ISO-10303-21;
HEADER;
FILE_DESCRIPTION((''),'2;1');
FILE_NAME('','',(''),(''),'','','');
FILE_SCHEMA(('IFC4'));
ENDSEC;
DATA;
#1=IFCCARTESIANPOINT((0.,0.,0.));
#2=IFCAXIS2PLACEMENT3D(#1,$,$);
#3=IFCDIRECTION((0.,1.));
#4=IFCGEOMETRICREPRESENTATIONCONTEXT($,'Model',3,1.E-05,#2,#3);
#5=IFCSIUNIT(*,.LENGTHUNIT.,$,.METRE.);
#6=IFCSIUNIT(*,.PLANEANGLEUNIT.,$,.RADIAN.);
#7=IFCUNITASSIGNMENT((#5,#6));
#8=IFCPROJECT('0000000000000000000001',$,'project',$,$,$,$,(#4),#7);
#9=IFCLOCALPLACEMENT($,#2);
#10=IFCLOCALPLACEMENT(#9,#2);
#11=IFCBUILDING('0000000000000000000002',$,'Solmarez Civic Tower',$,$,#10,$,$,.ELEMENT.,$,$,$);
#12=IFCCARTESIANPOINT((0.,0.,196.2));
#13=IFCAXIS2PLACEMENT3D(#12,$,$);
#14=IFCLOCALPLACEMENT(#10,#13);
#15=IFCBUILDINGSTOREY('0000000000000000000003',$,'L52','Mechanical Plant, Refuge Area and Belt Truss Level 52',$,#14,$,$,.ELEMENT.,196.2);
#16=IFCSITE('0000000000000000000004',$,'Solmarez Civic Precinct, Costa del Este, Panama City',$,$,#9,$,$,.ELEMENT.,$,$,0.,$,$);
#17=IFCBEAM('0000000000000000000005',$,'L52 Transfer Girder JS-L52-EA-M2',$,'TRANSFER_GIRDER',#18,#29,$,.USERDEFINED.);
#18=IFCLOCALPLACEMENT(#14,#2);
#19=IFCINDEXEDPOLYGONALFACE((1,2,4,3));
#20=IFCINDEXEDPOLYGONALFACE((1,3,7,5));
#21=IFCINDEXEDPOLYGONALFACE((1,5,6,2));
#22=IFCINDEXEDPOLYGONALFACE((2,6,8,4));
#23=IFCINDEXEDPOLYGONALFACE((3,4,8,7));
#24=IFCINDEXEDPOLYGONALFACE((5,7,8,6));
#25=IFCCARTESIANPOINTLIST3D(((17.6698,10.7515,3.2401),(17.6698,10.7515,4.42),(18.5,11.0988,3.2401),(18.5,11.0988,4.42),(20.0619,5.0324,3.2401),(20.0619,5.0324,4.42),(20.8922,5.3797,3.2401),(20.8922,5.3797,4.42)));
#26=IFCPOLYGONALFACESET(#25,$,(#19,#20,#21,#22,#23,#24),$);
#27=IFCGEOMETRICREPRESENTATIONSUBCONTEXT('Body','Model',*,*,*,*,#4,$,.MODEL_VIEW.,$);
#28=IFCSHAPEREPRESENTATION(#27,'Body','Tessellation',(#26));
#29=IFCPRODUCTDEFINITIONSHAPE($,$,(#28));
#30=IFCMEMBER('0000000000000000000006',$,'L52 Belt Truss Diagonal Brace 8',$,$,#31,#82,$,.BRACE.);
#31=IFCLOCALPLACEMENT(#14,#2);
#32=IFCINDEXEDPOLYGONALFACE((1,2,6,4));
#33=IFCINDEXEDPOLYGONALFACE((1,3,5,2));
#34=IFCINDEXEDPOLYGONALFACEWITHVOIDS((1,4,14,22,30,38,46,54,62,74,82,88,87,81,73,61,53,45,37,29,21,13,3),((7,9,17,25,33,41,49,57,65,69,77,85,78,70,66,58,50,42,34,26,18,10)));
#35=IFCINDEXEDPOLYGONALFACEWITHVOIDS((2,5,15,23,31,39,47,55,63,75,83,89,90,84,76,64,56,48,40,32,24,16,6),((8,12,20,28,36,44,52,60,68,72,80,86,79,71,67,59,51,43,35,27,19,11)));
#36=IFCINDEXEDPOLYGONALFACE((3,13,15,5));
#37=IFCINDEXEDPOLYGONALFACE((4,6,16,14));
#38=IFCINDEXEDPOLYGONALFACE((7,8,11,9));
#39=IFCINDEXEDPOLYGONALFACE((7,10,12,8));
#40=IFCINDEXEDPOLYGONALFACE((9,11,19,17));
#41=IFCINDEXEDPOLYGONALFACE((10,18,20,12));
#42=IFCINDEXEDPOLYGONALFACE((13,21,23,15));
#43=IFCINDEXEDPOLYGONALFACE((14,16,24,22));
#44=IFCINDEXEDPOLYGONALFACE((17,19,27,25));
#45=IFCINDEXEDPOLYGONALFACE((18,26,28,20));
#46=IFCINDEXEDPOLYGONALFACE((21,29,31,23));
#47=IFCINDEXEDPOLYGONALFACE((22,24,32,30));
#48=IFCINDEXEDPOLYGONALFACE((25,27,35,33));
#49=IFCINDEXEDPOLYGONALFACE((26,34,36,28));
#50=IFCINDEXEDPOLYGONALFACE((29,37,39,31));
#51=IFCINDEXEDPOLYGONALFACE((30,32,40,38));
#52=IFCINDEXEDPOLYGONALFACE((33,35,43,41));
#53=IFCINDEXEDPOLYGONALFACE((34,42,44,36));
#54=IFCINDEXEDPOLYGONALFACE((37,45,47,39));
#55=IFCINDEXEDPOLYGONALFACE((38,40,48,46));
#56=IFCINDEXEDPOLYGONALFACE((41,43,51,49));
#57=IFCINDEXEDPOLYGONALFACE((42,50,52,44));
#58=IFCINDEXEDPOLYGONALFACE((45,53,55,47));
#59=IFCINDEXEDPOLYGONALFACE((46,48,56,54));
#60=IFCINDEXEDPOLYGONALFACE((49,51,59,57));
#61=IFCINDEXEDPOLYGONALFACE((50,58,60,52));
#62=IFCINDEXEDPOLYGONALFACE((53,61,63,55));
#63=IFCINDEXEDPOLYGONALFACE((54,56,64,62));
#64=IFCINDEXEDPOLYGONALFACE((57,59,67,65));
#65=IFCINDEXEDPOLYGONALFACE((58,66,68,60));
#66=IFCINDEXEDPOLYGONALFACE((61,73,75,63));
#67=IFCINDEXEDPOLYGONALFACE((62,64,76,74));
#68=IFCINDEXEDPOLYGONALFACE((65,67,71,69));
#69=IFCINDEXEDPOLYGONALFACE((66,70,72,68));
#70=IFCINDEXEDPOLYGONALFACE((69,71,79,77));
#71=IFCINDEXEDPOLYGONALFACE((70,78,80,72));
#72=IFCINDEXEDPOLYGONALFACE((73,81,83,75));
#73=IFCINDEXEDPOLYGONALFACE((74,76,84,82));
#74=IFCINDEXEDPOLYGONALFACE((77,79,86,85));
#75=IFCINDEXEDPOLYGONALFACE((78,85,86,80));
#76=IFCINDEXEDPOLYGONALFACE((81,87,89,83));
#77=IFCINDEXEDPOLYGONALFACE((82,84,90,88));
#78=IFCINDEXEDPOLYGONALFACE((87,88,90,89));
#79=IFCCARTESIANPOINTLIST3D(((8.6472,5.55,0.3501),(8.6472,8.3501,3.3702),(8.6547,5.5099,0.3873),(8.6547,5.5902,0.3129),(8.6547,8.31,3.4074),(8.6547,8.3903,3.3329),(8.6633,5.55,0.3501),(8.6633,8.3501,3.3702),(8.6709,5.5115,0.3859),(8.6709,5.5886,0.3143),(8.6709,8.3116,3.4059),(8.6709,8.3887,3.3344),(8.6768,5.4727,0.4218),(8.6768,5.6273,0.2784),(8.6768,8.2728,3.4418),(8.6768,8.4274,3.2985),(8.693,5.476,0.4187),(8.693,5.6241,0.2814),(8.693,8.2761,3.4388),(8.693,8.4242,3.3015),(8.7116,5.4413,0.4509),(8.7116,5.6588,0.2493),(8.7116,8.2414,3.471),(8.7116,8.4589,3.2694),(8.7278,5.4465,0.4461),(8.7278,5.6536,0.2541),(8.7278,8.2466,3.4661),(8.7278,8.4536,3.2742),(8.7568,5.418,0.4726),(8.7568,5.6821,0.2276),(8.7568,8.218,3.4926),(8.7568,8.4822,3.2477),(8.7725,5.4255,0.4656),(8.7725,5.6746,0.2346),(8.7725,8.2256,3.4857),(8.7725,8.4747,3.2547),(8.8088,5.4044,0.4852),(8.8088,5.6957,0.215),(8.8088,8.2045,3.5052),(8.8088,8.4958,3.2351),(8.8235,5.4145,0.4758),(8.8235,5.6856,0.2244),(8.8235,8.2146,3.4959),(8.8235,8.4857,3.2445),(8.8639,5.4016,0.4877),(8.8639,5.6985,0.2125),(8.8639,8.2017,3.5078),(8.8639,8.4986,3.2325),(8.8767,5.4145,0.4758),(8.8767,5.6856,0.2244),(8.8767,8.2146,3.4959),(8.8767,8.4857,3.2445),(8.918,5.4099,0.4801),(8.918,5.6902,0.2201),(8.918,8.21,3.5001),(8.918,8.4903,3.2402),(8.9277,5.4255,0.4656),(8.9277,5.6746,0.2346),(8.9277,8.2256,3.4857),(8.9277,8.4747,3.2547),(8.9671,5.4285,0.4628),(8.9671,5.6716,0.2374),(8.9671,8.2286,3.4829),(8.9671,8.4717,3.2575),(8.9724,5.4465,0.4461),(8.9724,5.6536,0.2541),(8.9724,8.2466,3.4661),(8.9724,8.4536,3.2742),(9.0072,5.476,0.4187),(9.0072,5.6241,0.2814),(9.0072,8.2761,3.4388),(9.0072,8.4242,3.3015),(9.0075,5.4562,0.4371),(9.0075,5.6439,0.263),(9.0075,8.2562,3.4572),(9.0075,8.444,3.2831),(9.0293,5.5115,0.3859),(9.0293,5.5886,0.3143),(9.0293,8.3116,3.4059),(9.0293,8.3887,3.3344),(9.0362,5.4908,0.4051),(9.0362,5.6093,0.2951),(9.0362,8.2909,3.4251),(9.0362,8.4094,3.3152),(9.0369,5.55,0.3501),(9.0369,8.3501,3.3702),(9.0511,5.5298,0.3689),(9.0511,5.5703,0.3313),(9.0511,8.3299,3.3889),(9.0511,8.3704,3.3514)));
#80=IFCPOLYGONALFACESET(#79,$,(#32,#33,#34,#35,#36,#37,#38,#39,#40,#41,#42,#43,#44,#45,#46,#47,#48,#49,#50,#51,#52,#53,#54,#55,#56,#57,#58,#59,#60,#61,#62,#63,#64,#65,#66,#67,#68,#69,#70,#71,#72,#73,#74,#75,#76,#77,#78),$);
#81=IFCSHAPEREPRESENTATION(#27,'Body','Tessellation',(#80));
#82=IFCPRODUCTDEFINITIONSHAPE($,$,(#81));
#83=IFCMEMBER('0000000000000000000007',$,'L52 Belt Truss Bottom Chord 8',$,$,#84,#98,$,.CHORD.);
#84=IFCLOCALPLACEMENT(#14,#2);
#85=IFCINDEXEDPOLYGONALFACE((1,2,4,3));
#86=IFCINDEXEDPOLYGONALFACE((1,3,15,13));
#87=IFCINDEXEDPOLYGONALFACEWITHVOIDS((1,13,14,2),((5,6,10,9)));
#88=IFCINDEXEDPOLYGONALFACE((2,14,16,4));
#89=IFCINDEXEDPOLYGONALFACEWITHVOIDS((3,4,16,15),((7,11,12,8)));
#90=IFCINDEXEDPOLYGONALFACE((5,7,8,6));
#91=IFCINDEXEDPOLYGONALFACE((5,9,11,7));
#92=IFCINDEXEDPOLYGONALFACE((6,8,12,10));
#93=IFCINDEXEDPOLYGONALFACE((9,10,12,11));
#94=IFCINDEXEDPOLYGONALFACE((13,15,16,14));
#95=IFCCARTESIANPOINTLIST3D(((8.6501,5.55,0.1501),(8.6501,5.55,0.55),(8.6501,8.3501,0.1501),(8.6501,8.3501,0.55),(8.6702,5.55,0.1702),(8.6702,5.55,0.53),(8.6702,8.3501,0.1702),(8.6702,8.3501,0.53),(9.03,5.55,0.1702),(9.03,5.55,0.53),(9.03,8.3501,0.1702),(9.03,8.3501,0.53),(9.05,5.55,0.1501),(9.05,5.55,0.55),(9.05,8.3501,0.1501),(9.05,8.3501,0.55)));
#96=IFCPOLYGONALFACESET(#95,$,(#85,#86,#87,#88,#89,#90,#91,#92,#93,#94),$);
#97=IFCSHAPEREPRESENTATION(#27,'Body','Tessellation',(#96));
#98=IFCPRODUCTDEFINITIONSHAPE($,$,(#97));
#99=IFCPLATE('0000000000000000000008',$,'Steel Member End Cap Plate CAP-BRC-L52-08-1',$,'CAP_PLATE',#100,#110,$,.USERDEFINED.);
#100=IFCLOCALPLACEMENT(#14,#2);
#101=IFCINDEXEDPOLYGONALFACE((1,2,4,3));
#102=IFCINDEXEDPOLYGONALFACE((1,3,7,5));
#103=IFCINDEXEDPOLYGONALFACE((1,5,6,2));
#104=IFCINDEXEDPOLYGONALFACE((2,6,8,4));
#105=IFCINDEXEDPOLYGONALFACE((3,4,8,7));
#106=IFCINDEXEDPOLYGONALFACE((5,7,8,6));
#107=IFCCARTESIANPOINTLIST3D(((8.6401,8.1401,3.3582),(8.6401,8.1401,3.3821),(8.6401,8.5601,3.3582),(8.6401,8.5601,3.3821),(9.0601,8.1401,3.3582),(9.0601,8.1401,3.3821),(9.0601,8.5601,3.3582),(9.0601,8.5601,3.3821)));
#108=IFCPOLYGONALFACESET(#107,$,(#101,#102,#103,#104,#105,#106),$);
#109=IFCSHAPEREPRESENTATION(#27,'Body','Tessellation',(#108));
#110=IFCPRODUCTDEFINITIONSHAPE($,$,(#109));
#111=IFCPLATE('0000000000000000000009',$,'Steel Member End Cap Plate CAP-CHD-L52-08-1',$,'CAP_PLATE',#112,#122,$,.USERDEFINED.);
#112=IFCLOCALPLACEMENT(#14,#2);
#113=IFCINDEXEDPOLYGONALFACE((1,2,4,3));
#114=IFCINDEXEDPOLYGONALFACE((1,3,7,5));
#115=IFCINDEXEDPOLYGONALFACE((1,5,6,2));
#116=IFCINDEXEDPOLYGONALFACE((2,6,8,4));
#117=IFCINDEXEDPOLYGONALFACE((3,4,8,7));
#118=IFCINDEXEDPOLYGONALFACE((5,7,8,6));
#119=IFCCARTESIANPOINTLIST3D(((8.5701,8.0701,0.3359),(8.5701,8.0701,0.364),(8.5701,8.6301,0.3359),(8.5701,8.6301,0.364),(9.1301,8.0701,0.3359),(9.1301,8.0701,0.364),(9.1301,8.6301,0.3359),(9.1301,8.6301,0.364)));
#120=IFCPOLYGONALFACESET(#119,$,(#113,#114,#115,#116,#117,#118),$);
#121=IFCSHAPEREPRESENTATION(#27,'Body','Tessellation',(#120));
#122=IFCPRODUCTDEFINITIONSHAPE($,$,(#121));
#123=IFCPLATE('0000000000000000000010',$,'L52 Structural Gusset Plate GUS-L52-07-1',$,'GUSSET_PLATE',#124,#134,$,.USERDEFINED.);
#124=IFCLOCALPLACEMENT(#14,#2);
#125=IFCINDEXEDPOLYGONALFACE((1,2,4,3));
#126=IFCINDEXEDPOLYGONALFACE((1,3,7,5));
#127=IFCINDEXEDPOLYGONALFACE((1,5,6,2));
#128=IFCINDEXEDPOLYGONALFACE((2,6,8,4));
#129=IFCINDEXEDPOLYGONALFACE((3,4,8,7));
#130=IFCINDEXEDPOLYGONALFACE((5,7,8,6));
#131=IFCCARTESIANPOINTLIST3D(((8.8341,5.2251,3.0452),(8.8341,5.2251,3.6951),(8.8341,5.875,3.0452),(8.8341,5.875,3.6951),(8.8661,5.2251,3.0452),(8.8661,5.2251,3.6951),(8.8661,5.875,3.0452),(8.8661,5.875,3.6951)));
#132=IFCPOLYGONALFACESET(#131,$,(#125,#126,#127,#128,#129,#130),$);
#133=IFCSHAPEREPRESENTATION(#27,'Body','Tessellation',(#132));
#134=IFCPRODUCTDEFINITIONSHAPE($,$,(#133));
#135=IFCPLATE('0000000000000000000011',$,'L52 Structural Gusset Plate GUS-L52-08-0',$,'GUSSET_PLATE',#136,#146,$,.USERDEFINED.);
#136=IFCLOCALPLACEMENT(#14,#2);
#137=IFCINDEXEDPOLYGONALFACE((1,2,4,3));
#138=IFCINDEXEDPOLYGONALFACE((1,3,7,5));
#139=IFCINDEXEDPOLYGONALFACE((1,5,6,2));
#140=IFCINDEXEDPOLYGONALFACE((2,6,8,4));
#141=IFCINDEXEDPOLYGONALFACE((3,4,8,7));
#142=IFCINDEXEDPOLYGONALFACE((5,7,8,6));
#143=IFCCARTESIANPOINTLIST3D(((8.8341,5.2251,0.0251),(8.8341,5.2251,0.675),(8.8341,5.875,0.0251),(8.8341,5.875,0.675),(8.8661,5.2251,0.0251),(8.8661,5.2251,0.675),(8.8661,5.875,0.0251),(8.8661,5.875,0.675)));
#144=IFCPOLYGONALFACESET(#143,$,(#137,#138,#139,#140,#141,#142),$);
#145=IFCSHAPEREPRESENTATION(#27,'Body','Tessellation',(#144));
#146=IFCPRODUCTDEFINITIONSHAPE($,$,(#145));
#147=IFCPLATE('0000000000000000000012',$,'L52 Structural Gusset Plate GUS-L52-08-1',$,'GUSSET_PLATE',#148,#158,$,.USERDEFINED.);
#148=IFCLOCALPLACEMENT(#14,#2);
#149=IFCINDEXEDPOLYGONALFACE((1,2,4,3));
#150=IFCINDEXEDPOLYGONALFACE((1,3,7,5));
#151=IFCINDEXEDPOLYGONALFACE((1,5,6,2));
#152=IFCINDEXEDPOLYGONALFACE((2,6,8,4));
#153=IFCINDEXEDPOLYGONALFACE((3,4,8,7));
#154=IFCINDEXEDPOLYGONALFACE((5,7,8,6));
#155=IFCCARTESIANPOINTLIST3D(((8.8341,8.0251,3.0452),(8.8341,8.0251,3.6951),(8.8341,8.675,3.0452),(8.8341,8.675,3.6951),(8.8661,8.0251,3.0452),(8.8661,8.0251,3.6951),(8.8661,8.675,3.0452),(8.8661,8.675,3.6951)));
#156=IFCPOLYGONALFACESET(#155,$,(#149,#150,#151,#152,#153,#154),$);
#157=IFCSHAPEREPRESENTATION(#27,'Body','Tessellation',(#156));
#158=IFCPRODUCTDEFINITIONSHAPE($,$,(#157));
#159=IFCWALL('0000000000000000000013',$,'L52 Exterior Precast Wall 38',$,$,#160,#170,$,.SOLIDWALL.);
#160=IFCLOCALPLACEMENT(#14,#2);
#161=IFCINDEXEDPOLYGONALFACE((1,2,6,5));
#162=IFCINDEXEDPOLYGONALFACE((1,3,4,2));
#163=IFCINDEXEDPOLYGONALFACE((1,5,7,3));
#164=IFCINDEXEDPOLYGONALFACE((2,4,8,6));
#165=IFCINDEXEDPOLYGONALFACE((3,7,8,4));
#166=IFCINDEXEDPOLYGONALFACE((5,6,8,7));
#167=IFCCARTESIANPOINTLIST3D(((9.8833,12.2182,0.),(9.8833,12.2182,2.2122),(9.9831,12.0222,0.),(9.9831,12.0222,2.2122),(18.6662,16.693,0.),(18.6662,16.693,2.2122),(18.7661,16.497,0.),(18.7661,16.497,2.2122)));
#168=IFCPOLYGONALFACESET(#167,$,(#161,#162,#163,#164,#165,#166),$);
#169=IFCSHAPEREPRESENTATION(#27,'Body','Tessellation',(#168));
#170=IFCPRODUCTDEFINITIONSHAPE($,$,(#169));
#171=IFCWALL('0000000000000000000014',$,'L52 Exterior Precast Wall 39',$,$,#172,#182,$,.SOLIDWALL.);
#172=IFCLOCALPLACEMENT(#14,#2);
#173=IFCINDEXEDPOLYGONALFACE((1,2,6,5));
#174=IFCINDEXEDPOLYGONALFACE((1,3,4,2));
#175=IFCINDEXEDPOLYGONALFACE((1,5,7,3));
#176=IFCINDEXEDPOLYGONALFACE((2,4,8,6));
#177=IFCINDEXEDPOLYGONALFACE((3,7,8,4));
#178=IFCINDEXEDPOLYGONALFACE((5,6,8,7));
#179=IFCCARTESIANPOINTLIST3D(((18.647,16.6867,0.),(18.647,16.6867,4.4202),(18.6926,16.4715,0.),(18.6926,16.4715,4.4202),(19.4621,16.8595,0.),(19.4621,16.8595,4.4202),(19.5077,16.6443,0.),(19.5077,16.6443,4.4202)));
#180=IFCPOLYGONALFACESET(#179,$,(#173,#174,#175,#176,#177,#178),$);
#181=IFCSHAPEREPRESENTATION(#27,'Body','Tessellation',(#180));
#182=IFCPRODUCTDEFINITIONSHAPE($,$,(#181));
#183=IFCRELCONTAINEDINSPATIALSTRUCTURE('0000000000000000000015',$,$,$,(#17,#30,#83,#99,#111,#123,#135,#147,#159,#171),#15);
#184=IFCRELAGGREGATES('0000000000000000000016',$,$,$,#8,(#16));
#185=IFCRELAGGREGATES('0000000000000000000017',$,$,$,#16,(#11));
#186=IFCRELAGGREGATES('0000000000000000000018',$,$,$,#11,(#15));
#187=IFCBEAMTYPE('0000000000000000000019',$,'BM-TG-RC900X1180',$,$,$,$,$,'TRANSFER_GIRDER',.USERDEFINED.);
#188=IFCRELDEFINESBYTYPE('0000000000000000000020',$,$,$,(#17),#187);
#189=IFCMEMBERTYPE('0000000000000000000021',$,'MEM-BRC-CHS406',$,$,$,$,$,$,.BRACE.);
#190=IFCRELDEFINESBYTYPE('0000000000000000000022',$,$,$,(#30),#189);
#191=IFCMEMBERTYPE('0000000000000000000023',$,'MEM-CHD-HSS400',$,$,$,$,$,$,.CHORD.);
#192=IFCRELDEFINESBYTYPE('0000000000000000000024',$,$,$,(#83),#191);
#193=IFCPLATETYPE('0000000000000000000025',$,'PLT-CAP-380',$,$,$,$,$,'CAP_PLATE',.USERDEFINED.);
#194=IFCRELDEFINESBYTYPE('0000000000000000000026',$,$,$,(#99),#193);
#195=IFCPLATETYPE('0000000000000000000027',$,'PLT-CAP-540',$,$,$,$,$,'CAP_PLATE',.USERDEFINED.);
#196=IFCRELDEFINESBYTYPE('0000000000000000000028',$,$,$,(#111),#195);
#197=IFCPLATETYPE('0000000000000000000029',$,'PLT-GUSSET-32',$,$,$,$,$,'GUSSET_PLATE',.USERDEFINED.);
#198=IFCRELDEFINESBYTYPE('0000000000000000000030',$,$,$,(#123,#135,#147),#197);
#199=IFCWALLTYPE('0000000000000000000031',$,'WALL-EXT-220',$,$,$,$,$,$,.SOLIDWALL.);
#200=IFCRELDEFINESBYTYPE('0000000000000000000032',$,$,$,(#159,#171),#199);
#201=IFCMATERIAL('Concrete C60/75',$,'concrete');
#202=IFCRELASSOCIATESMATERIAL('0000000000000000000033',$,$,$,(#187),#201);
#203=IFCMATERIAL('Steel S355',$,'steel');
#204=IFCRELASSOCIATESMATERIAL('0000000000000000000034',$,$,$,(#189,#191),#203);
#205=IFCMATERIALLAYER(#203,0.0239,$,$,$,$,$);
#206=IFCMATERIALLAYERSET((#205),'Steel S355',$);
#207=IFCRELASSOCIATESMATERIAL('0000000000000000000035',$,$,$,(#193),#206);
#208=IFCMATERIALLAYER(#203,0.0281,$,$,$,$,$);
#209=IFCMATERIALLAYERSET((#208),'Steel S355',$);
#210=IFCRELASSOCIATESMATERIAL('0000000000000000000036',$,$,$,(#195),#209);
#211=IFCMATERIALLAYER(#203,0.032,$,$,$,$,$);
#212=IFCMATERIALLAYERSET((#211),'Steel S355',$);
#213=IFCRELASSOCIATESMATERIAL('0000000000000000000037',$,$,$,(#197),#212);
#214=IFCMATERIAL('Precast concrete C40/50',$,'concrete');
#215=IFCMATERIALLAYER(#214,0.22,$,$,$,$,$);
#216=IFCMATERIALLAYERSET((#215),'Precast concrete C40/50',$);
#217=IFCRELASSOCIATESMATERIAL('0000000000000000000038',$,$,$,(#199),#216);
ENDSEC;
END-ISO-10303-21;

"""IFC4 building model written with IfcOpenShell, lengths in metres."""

from ifc_helpers import new_model, si_unit, direction, frame, frame_2d, origin, origin_2d, place, context, subcontext, project, spatial, rectangle, hollow_rectangle, hollow_circle, extrude, material, layer, layer_set, material_profile, profile_set, type_object, element, save


model = new_model("IFC4")

# Units and contexts
model_context = context("Model", 3, precision=1e-05, world=origin(), true_north=direction((0.0, 1.0)))
body_context = subcontext(model_context, "Body", "Model", "MODEL_VIEW")
ifc_project = project(units=[si_unit("LENGTHUNIT", "METRE"), si_unit("PLANEANGLEUNIT", "RADIAN")], contexts=[model_context])

# Site, building, storey
site_placement = place(None, origin())
site = spatial("IfcSite", under=ifc_project, at=site_placement, Name="Solmarez Civic Precinct, Costa del Este, Panama City", CompositionType="ELEMENT", RefElevation=0.0)
building_placement = place(site_placement, origin())
building = spatial("IfcBuilding", under=site, at=building_placement, Name="Solmarez Civic Tower", CompositionType="ELEMENT")
storey_placement = place(building_placement, frame((0.0, 0.0, 196.2)))
storey = spatial("IfcBuildingStorey", under=building, at=storey_placement, Name="L52", Description="Mechanical Plant, Refuge Area and Belt Truss Level 52", CompositionType="ELEMENT", Elevation=196.2)

# Shared definitions
ifc_material_1 = material(Name="Steel S355", Category="steel")

# Beam
ifc_material_2 = material(Name="Concrete C60/75", Category="concrete")
ifc_material_profile_1 = material_profile(ifc_material_2, rectangle(XDim=0.8999, YDim=1.1799, at=origin_2d()), Name="RC900X1180")
ifc_profile_set_1 = profile_set([ifc_material_profile_1], Name="Concrete C60/75")
beam_type_1 = type_object("IfcBeamType", Name="BM-TG-RC900X1180", ElementType="TRANSFER_GIRDER", PredefinedType="USERDEFINED", material=ifc_profile_set_1)
beam_1_placement = place(storey_placement, frame((20.4771, 5.2061, 3.8301), z_axis=(-0.385876, 0.922551, 0.0), x_axis=(-0.922551, -0.385876, 0.0)))
element("IfcBeam", 1, at=beam_1_placement, inside=storey, type_object=beam_type_1, Name="L52 Transfer Girder JS-L52-EA-M2", ObjectType="TRANSFER_GIRDER", PredefinedType="USERDEFINED", context=body_context, shape_type="SweptSolid", body=[
    extrude(rectangle(XDim=0.8999, YDim=1.1799, at=origin_2d()), origin(), (0.0, 0.0, 1.0), 6.1992),
])

# Members
ifc_material_profile_2 = material_profile(ifc_material_1, hollow_circle(Radius=0.2029, WallThickness=0.0161, at=origin_2d()), Name="CHS406X16")
ifc_profile_set_2 = profile_set([ifc_material_profile_2], Name="Steel S355")
member_type_1 = type_object("IfcMemberType", Name="MEM-BRC-CHS406", PredefinedType="BRACE", material=ifc_profile_set_2)
member_1_placement = place(storey_placement, frame((8.8501, 5.55, 0.3501), z_axis=(0.0, 0.679896, 0.733308), x_axis=(-1.0, 0.0, 0.0)))
element("IfcMember", 2, at=member_1_placement, inside=storey, type_object=member_type_1, Name="L52 Belt Truss Diagonal Brace 8", PredefinedType="BRACE", context=body_context, shape_type="SweptSolid", body=[
    extrude(hollow_circle(Radius=0.2029, WallThickness=0.0161, at=origin_2d()), origin(), (0.0, 0.0, 1.0), 4.1184),
])
ifc_material_profile_3 = material_profile(ifc_material_1, hollow_rectangle(XDim=0.3999, YDim=0.3999, WallThickness=0.02, at=origin_2d()), Name="HSS400X400X20")
ifc_profile_set_3 = profile_set([ifc_material_profile_3], Name="Steel S355")
member_type_2 = type_object("IfcMemberType", Name="MEM-CHD-HSS400", PredefinedType="CHORD", material=ifc_profile_set_3)
member_2_placement = place(storey_placement, frame((8.8501, 5.55, 0.3501), z_axis=(0.0, 1.0, 0.0), x_axis=(-1.0, 0.0, 0.0)))
element("IfcMember", 3, at=member_2_placement, inside=storey, type_object=member_type_2, Name="L52 Belt Truss Bottom Chord 8", PredefinedType="CHORD", context=body_context, shape_type="SweptSolid", body=[
    extrude(hollow_rectangle(XDim=0.3999, YDim=0.3999, WallThickness=0.02, at=origin_2d()), origin(), (0.0, 0.0, 1.0), 2.8),
])

# Plates
ifc_layer_1 = layer(ifc_material_1, 0.0239)
ifc_layer_set_1 = layer_set([ifc_layer_1], Name="Steel S355")
plate_type_1 = type_object("IfcPlateType", Name="PLT-CAP-380", ElementType="CAP_PLATE", PredefinedType="USERDEFINED", material=ifc_layer_set_1)
plate_1_placement = place(storey_placement, frame((8.8501, 8.3501, 3.3582), z_axis=(0.0, 0.0, 1.0), x_axis=(1.0, 0.0, 0.0)))
element("IfcPlate", 4, at=plate_1_placement, inside=storey, type_object=plate_type_1, Name="Steel Member End Cap Plate CAP-BRC-L52-08-1", ObjectType="CAP_PLATE", PredefinedType="USERDEFINED", context=body_context, shape_type="SweptSolid", body=[
    extrude(rectangle(XDim=0.4199, YDim=0.4199, at=origin_2d()), origin(), (0.0, 0.0, 1.0), 0.0239),
])
ifc_layer_2 = layer(ifc_material_1, 0.0281)
ifc_layer_set_2 = layer_set([ifc_layer_2], Name="Steel S355")
plate_type_2 = type_object("IfcPlateType", Name="PLT-CAP-540", ElementType="CAP_PLATE", PredefinedType="USERDEFINED", material=ifc_layer_set_2)
plate_2_placement = place(storey_placement, frame((8.8501, 8.3501, 0.3359), z_axis=(0.0, 0.0, 1.0), x_axis=(1.0, 0.0, 0.0)))
element("IfcPlate", 5, at=plate_2_placement, inside=storey, type_object=plate_type_2, Name="Steel Member End Cap Plate CAP-CHD-L52-08-1", ObjectType="CAP_PLATE", PredefinedType="USERDEFINED", context=body_context, shape_type="SweptSolid", body=[
    extrude(rectangle(XDim=0.5601, YDim=0.5601, at=origin_2d()), origin(), (0.0, 0.0, 1.0), 0.0281),
])
ifc_layer_3 = layer(ifc_material_1, 0.032)
ifc_layer_set_3 = layer_set([ifc_layer_3], Name="Steel S355")
plate_type_3 = type_object("IfcPlateType", Name="PLT-GUSSET-32", ElementType="GUSSET_PLATE", PredefinedType="USERDEFINED", material=ifc_layer_set_3)
for number, where, z_axis, x_axis, name in (
    (6, (8.8501, 5.55, 3.0452), (0.0, 0.0, 1.0), (0.0, 1.0, 0.0), "L52 Structural Gusset Plate GUS-L52-07-1"),
    (7, (8.8501, 5.55, 0.0251), (0.0, 0.0, 1.0), (0.0, 1.0, 0.0), "L52 Structural Gusset Plate GUS-L52-08-0"),
    (8, (8.8501, 8.3501, 3.0452), (0.0, 0.0, 1.0), (0.0, 1.0, 0.0), "L52 Structural Gusset Plate GUS-L52-08-1"),
):
    element("IfcPlate", number, at=place(storey_placement, frame(where, z_axis=z_axis, x_axis=x_axis)), inside=storey, type_object=plate_type_3, Name=name, ObjectType="GUSSET_PLATE", PredefinedType="USERDEFINED", context=body_context, shape_type="SweptSolid", body=[
        extrude(rectangle(XDim=0.6499, YDim=0.032, at=origin_2d()), origin(), (0.0, 0.0, 1.0), 0.6499),
    ])

# Walls
ifc_material_3 = material(Name="Precast concrete C40/50", Category="concrete")
ifc_layer_4 = layer(ifc_material_3, 0.22)
ifc_layer_set_4 = layer_set([ifc_layer_4], Name="Precast concrete C40/50")
wall_type_1 = type_object("IfcWallType", Name="WALL-EXT-220", PredefinedType="SOLIDWALL", material=ifc_layer_set_4)
wall_1_placement = place(storey_placement, frame((9.9331, 12.1201, 0.0), z_axis=(0.0, 0.0, 1.0), x_axis=(0.891018, 0.453967, 0.0)))
element("IfcWall", 9, at=wall_1_placement, inside=storey, type_object=wall_type_1, Name="L52 Exterior Precast Wall 38", PredefinedType="SOLIDWALL", context=body_context, shape_type="SweptSolid", body=[
    extrude(rectangle(XDim=9.8572, YDim=0.22, at=frame_2d((4.9287, 0.0))), origin(), (0.0, 0.0, 1.0), 2.2122),
])
wall_2_placement = place(storey_placement, frame((18.6699, 16.5791, 0.0), z_axis=(0.0, 0.0, 1.0), x_axis=(0.97825, 0.207428, 0.0)))
element("IfcWall", 10, at=wall_2_placement, inside=storey, type_object=wall_type_1, Name="L52 Exterior Precast Wall 39", PredefinedType="SOLIDWALL", context=body_context, shape_type="SweptSolid", body=[
    extrude(rectangle(XDim=0.8333, YDim=0.22, at=frame_2d((0.4165, 0.0))), origin(), (0.0, 0.0, 1.0), 4.4202),
])

save(model, "model.ifc")
